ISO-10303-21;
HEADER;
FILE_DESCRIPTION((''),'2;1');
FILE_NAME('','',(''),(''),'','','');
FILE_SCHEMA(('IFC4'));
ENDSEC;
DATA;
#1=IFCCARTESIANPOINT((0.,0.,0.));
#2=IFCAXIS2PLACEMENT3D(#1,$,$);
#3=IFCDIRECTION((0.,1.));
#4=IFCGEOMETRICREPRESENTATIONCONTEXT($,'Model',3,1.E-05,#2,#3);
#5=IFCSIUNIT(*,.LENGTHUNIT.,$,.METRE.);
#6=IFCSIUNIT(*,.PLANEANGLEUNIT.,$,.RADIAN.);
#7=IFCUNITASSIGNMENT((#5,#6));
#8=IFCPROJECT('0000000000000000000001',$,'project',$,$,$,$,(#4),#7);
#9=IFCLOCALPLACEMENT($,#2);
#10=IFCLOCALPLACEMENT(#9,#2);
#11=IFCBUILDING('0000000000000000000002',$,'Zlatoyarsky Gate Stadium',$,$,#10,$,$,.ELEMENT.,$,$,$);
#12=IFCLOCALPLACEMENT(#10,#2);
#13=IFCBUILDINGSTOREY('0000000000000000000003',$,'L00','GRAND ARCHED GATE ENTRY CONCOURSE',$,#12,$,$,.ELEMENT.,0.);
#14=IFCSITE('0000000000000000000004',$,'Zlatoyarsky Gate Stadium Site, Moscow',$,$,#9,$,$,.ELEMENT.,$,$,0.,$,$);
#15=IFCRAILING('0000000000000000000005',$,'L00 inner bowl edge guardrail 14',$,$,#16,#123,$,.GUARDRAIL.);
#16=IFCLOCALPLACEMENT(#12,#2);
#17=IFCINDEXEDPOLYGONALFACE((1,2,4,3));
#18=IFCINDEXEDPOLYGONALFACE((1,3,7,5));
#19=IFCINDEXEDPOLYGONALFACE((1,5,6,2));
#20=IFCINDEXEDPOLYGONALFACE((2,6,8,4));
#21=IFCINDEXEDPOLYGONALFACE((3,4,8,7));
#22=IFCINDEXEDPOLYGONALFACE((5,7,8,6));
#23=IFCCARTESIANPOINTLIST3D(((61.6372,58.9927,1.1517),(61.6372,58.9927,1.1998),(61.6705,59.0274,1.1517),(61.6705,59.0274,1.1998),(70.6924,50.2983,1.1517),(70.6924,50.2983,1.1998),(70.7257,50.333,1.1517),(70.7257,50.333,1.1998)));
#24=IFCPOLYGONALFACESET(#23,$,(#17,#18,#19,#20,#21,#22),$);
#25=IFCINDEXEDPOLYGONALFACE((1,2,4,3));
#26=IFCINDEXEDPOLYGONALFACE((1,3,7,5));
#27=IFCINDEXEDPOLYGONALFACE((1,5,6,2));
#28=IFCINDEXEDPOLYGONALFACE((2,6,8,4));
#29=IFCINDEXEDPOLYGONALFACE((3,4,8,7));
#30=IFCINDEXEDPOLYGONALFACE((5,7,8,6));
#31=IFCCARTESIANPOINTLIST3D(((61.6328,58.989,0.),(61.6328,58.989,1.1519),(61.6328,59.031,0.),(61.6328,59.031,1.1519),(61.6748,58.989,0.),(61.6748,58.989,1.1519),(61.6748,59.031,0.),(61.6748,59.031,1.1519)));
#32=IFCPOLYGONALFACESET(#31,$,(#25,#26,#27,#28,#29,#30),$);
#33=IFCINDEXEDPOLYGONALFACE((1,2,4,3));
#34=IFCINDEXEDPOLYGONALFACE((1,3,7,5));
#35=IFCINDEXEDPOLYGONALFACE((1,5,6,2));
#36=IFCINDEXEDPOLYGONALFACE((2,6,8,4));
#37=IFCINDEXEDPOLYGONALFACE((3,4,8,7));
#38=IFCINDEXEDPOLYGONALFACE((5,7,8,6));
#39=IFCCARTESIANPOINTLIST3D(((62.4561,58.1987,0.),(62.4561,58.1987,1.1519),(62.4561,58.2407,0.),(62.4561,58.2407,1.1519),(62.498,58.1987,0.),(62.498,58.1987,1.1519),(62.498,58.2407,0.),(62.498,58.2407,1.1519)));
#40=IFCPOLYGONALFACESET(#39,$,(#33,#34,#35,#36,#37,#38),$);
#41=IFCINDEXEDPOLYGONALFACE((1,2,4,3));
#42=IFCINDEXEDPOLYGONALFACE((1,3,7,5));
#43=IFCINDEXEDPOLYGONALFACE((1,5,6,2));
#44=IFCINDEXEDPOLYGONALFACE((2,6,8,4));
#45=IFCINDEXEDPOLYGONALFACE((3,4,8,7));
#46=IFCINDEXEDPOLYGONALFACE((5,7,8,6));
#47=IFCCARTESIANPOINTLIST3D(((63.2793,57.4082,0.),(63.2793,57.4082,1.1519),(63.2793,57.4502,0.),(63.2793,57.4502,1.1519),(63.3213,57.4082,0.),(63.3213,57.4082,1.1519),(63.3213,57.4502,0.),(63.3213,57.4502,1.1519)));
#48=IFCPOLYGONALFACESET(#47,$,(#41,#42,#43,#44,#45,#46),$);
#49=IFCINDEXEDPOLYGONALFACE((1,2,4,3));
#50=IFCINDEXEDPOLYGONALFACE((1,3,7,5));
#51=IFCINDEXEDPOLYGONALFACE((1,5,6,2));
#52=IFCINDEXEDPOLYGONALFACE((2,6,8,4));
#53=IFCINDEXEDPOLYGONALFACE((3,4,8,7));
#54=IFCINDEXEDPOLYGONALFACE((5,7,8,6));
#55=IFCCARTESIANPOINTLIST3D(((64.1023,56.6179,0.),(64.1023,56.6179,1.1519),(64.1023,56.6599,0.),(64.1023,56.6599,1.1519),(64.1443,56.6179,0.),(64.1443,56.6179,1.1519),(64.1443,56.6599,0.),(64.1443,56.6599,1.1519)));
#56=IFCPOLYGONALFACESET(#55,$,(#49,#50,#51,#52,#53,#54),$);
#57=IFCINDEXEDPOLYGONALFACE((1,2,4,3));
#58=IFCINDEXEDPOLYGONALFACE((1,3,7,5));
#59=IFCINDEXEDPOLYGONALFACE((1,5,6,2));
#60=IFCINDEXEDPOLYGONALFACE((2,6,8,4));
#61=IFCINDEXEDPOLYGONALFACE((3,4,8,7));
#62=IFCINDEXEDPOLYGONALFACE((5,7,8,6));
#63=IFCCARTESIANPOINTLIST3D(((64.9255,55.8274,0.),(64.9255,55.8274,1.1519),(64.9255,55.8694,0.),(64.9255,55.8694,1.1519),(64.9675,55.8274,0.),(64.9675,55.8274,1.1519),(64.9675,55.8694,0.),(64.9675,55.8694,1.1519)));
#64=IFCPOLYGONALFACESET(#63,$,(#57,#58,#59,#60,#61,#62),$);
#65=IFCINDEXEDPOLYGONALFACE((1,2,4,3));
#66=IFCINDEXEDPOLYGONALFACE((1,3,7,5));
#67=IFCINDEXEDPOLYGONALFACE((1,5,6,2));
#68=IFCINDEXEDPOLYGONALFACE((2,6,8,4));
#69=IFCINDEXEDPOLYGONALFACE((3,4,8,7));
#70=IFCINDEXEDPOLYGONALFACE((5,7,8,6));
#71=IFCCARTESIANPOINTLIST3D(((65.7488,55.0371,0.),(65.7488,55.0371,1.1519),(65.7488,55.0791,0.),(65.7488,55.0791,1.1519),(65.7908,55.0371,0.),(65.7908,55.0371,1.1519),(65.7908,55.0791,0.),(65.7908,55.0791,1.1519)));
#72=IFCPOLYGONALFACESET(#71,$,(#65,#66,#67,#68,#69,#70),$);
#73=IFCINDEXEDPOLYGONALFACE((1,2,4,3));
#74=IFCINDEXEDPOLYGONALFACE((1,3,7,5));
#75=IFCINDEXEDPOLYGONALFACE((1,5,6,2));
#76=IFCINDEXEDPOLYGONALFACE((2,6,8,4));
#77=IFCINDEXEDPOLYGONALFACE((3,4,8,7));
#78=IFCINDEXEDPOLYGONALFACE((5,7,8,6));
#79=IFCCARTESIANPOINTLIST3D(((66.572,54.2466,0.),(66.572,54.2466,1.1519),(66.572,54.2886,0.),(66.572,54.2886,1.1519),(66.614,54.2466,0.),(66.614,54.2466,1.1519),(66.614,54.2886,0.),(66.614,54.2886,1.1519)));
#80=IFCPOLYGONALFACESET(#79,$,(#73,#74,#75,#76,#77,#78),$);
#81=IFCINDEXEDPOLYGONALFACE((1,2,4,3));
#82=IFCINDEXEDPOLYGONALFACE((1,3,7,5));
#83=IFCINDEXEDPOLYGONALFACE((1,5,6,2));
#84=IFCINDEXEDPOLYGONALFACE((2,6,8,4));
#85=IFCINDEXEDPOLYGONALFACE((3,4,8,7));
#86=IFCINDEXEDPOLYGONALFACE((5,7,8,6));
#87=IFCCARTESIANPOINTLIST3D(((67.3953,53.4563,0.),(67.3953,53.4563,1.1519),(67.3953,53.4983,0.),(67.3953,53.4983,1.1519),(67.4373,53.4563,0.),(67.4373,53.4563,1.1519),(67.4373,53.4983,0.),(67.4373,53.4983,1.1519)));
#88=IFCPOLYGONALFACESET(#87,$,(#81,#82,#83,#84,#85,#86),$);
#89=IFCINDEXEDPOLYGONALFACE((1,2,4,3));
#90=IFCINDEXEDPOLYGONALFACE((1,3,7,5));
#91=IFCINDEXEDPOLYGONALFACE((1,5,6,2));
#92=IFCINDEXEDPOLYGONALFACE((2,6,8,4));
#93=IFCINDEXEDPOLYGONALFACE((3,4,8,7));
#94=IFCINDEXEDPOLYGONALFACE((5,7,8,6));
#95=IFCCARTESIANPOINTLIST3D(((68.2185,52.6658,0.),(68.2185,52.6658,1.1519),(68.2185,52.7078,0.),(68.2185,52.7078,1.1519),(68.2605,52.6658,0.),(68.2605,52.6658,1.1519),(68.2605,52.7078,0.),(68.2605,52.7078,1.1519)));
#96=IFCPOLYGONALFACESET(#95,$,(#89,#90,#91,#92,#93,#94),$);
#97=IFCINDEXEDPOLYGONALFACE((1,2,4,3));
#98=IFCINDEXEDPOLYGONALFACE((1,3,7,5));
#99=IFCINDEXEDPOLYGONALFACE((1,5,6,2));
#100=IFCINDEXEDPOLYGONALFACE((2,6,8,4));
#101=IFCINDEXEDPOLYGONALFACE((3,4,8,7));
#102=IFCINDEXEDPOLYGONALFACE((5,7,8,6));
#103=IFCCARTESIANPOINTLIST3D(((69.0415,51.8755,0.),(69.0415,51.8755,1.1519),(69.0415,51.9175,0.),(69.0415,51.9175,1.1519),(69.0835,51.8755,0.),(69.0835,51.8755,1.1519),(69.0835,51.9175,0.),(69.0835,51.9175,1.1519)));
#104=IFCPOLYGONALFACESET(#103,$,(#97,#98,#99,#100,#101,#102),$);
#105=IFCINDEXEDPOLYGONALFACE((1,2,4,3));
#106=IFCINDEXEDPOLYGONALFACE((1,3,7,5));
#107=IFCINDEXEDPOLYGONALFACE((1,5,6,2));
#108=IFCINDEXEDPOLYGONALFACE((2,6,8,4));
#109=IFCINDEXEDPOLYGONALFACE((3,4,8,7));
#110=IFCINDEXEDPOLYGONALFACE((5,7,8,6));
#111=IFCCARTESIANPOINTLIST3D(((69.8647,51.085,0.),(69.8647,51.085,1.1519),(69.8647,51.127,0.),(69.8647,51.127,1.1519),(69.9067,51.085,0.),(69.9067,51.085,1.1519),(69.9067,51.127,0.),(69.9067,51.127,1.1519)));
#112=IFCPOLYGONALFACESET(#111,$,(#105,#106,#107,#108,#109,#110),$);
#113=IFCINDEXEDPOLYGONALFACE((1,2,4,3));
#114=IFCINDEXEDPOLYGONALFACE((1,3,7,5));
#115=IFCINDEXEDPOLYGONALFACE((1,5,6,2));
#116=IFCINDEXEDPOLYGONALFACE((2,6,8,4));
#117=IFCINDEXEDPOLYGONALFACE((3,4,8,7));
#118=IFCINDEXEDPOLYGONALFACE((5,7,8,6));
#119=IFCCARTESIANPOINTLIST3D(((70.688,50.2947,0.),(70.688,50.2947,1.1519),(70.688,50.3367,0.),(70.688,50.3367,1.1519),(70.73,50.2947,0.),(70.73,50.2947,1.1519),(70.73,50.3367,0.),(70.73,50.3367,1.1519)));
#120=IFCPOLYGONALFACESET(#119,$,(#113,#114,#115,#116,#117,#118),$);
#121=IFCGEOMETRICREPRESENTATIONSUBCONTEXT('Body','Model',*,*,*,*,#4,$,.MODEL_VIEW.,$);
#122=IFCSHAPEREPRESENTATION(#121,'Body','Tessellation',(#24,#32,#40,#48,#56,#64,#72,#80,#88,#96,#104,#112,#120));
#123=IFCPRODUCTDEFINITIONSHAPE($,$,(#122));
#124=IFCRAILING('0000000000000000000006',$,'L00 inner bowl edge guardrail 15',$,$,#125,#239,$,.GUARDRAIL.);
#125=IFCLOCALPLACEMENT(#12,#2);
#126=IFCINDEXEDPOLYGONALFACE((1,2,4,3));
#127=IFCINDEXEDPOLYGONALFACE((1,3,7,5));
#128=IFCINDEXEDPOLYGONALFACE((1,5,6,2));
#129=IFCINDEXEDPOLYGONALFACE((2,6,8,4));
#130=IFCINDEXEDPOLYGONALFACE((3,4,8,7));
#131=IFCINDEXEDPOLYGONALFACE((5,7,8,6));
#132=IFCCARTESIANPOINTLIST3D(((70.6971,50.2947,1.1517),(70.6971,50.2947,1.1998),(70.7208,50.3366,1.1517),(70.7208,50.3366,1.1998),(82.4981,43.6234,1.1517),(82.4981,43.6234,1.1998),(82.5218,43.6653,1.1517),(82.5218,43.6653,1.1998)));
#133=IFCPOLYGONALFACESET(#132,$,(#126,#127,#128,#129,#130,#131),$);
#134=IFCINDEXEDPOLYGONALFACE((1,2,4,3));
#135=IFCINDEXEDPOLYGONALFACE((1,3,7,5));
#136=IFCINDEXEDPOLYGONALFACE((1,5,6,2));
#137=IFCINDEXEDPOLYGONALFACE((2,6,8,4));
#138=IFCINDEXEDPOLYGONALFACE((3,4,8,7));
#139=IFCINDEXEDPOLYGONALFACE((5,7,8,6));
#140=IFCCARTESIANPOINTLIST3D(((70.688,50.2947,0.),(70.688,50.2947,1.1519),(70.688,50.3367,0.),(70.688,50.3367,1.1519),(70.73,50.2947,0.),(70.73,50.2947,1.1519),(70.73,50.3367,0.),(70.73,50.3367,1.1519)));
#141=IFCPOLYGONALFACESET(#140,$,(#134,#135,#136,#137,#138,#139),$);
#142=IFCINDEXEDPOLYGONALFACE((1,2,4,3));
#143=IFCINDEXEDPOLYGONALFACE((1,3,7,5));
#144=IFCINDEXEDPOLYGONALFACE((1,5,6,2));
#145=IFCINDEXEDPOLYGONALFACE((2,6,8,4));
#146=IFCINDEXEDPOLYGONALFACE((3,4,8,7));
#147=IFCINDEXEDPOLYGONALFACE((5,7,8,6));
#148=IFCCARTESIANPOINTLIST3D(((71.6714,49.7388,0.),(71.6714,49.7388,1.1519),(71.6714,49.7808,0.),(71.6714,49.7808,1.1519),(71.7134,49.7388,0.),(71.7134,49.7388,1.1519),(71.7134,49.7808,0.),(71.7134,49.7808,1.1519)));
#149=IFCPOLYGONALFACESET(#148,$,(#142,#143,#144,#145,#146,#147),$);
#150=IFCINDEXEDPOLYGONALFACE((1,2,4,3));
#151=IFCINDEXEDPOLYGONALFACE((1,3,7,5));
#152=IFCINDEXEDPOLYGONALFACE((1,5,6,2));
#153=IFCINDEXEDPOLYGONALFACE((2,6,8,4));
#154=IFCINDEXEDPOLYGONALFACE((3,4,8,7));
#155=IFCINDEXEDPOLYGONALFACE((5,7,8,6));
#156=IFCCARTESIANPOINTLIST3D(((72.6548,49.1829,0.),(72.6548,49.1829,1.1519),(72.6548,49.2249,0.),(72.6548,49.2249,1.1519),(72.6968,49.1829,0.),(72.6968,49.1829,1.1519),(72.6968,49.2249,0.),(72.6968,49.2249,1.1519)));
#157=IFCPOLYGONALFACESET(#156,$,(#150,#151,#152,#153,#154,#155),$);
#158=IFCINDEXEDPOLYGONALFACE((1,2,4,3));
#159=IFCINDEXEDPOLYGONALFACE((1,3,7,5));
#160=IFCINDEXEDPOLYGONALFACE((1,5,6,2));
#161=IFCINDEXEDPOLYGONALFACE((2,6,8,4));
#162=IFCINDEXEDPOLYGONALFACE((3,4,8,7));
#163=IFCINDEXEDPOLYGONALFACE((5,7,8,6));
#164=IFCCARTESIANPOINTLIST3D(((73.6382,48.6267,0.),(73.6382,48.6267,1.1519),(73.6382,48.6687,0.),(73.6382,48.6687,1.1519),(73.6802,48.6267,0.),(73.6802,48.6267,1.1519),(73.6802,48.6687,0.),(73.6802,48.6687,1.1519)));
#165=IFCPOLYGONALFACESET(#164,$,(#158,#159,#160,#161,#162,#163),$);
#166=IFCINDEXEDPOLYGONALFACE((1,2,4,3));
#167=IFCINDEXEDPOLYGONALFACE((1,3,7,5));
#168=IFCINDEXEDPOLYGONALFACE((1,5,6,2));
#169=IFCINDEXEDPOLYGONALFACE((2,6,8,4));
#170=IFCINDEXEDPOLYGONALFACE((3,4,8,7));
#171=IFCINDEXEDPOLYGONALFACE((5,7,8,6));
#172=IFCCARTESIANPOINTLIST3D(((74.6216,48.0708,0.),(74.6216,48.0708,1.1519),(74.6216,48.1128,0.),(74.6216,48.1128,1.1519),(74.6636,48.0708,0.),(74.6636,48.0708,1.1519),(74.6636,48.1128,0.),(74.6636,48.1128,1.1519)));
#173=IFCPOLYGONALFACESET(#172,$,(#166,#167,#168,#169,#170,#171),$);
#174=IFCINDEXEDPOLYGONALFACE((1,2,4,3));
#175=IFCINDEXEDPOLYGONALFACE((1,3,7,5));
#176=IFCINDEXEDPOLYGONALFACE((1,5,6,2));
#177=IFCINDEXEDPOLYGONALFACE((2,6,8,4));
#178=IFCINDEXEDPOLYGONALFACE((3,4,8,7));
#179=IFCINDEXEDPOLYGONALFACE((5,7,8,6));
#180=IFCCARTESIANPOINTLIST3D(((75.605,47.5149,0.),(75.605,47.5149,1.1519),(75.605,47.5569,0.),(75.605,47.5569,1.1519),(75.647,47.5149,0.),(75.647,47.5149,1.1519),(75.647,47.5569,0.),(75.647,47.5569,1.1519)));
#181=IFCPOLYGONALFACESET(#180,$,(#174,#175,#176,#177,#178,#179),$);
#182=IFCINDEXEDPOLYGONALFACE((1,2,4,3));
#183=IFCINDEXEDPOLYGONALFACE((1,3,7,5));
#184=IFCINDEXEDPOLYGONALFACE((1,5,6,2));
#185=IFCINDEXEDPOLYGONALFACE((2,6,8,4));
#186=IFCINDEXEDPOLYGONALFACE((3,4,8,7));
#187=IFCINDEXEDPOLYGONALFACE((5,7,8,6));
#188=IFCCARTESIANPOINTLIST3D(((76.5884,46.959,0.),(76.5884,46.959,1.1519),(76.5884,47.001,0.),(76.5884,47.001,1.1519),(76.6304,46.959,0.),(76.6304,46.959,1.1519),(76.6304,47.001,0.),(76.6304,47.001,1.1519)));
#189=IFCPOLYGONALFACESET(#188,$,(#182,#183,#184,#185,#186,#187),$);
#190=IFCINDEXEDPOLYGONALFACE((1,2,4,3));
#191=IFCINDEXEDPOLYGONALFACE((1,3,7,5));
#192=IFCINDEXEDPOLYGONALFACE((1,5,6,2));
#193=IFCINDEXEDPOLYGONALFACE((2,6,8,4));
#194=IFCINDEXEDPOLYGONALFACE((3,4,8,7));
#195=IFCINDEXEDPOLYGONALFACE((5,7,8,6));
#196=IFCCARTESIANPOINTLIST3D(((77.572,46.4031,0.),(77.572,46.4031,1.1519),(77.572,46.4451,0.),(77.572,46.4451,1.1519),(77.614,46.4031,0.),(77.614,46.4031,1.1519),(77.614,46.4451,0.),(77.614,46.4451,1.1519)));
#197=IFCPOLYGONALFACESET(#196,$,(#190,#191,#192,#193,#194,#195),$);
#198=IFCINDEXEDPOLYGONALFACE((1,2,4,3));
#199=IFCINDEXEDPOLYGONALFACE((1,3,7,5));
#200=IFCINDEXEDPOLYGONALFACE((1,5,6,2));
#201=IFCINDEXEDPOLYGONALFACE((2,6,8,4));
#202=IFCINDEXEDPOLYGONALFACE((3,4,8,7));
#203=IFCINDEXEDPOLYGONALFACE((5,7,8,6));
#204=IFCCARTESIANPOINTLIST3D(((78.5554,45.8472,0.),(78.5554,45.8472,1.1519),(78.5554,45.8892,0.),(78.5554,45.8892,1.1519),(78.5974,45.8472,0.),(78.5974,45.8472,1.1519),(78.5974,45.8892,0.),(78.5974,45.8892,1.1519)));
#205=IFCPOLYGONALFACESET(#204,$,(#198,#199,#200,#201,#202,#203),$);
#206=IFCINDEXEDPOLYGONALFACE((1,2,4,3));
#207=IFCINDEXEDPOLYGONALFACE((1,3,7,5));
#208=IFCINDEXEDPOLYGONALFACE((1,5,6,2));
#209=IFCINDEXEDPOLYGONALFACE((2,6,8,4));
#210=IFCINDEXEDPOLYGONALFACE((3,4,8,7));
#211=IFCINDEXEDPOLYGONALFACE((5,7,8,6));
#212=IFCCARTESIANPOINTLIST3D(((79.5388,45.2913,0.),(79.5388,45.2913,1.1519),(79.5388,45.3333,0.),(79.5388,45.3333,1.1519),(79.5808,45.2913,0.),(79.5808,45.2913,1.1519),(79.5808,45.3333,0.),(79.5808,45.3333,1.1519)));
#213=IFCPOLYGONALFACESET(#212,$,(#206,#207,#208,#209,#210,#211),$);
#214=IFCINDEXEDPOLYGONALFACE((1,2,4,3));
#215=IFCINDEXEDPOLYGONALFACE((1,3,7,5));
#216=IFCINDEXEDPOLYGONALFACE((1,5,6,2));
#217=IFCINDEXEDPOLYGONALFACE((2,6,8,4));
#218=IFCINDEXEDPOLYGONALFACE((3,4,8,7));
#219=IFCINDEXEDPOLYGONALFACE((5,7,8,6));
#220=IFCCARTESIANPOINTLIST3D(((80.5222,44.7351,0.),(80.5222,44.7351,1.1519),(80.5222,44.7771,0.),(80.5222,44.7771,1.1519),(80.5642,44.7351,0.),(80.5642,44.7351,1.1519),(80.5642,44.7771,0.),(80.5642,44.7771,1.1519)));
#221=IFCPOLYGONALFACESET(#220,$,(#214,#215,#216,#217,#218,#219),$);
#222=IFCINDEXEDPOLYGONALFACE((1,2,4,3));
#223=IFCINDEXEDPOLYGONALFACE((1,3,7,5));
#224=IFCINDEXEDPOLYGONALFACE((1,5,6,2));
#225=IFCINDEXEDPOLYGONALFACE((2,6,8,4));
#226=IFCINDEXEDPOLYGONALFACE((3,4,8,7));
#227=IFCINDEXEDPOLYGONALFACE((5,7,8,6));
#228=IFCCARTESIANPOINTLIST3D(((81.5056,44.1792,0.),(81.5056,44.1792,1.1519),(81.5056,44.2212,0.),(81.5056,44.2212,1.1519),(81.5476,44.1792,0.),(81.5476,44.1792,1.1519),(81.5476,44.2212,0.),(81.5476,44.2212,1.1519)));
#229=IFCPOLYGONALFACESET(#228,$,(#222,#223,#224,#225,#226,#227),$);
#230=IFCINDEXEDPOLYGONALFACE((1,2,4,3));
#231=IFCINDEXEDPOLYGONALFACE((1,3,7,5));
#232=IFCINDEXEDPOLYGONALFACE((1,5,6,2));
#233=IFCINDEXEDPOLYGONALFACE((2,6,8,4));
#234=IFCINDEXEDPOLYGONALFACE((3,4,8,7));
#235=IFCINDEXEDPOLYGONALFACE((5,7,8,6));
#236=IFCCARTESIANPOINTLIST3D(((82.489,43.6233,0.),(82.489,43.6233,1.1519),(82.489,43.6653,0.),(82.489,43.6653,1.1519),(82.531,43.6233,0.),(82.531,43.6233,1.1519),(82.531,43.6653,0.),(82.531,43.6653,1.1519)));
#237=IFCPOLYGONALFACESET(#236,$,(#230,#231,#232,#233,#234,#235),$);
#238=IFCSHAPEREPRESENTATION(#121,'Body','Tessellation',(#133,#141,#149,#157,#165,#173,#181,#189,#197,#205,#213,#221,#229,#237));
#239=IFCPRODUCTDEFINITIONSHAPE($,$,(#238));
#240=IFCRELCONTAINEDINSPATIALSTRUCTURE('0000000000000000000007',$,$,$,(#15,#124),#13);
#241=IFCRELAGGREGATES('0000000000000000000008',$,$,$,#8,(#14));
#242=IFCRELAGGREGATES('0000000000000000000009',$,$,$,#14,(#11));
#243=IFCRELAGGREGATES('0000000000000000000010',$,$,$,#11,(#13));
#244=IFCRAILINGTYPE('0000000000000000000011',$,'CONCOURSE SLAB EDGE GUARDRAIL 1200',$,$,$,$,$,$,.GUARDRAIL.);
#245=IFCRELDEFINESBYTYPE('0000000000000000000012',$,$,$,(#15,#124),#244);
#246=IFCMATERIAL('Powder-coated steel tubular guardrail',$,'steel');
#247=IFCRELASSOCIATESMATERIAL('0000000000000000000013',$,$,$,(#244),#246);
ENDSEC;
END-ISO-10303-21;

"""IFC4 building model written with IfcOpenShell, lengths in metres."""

from ifc_helpers import new_model, si_unit, direction, frame, origin, origin_2d, place, context, subcontext, project, spatial, rectangle, extrude, material, type_object, element, save


model = new_model("IFC4")

# Units and contexts
model_context = context("Model", 3, precision=1e-05, world=origin(), true_north=direction((0.0, 1.0)))
body_context = subcontext(model_context, "Body", "Model", "MODEL_VIEW")
ifc_project = project(units=[si_unit("LENGTHUNIT", "METRE"), si_unit("PLANEANGLEUNIT", "RADIAN")], contexts=[model_context])

# Site, building, storey
site_placement = place(None, origin())
site = spatial("IfcSite", under=ifc_project, at=site_placement, Name="Zlatoyarsky Gate Stadium Site, Moscow", CompositionType="ELEMENT", RefElevation=0.0)
building_placement = place(site_placement, origin())
building = spatial("IfcBuilding", under=site, at=building_placement, Name="Zlatoyarsky Gate Stadium", CompositionType="ELEMENT")
storey_placement = place(building_placement, origin())
storey = spatial("IfcBuildingStorey", under=building, at=storey_placement, Name="L00", Description="GRAND ARCHED GATE ENTRY CONCOURSE", CompositionType="ELEMENT", Elevation=0.0)

# Railings
ifc_material_1 = material(Name="Powder-coated steel tubular guardrail", Category="steel")
railing_type = type_object("IfcRailingType", Name="CONCOURSE SLAB EDGE GUARDRAIL 1200", PredefinedType="GUARDRAIL", material=ifc_material_1)
railing_1_placement = place(storey_placement, frame((61.6538, 59.01, 0.0)))
element("IfcRailing", 1, at=railing_1_placement, inside=storey, type_object=railing_type, Name="L00 inner bowl edge guardrail 14", PredefinedType="GUARDRAIL", context=body_context, shape_type="SweptSolid", body=[
    extrude(rectangle(XDim=0.0481, YDim=0.0481, at=origin_2d()), frame((0.0, 0.0, 1.1758), z_axis=(0.721333, -0.692589, 0.0), x_axis=(0.692589, 0.721333, 0.0)), (0.0, 0.0, 1.0), 12.5535),
    extrude(rectangle(XDim=0.042, YDim=0.042, at=origin_2d()), origin(), (0.0, 0.0, 1.0), 1.1519),
    extrude(rectangle(XDim=0.042, YDim=0.042, at=origin_2d()), frame((0.8232, -0.7903, 0.0)), (0.0, 0.0, 1.0), 1.1519),
    extrude(rectangle(XDim=0.042, YDim=0.042, at=origin_2d()), frame((1.6465, -1.5808, 0.0)), (0.0, 0.0, 1.0), 1.1519),
    extrude(rectangle(XDim=0.042, YDim=0.042, at=origin_2d()), frame((2.4695, -2.3711, 0.0)), (0.0, 0.0, 1.0), 1.1519),
    extrude(rectangle(XDim=0.042, YDim=0.042, at=origin_2d()), frame((3.2927, -3.1616, 0.0)), (0.0, 0.0, 1.0), 1.1519),
    extrude(rectangle(XDim=0.042, YDim=0.042, at=origin_2d()), frame((4.116, -3.9519, 0.0)), (0.0, 0.0, 1.0), 1.1519),
    extrude(rectangle(XDim=0.042, YDim=0.042, at=origin_2d()), frame((4.9392, -4.7424, 0.0)), (0.0, 0.0, 1.0), 1.1519),
    extrude(rectangle(XDim=0.042, YDim=0.042, at=origin_2d()), frame((5.7625, -5.5327, 0.0)), (0.0, 0.0, 1.0), 1.1519),
    extrude(rectangle(XDim=0.042, YDim=0.042, at=origin_2d()), frame((6.5857, -6.3232, 0.0)), (0.0, 0.0, 1.0), 1.1519),
    extrude(rectangle(XDim=0.042, YDim=0.042, at=origin_2d()), frame((7.4087, -7.1135, 0.0)), (0.0, 0.0, 1.0), 1.1519),
    extrude(rectangle(XDim=0.042, YDim=0.042, at=origin_2d()), frame((8.2319, -7.9041, 0.0)), (0.0, 0.0, 1.0), 1.1519),
    extrude(rectangle(XDim=0.042, YDim=0.042, at=origin_2d()), frame((9.0552, -8.6943, 0.0)), (0.0, 0.0, 1.0), 1.1519),
])
railing_2_placement = place(storey_placement, frame((70.709, 50.3157, 0.0)))
element("IfcRailing", 2, at=railing_2_placement, inside=storey, type_object=railing_type, Name="L00 inner bowl edge guardrail 15", PredefinedType="GUARDRAIL", context=body_context, shape_type="SweptSolid", body=[
    extrude(rectangle(XDim=0.0481, YDim=0.0481, at=origin_2d()), frame((0.0, 0.0, 1.1758), z_axis=(0.870524, -0.492127, 0.0), x_axis=(0.492127, 0.870524, 0.0)), (0.0, 0.0, 1.0), 13.5562),
    extrude(rectangle(XDim=0.042, YDim=0.042, at=origin_2d()), origin(), (0.0, 0.0, 1.0), 1.1519),
    extrude(rectangle(XDim=0.042, YDim=0.042, at=origin_2d()), frame((0.9834, -0.5559, 0.0)), (0.0, 0.0, 1.0), 1.1519),
    extrude(rectangle(XDim=0.042, YDim=0.042, at=origin_2d()), frame((1.9668, -1.1118, 0.0)), (0.0, 0.0, 1.0), 1.1519),
    extrude(rectangle(XDim=0.042, YDim=0.042, at=origin_2d()), frame((2.9502, -1.668, 0.0)), (0.0, 0.0, 1.0), 1.1519),
    extrude(rectangle(XDim=0.042, YDim=0.042, at=origin_2d()), frame((3.9336, -2.2239, 0.0)), (0.0, 0.0, 1.0), 1.1519),
    extrude(rectangle(XDim=0.042, YDim=0.042, at=origin_2d()), frame((4.917, -2.7798, 0.0)), (0.0, 0.0, 1.0), 1.1519),
    extrude(rectangle(XDim=0.042, YDim=0.042, at=origin_2d()), frame((5.9004, -3.3357, 0.0)), (0.0, 0.0, 1.0), 1.1519),
    extrude(rectangle(XDim=0.042, YDim=0.042, at=origin_2d()), frame((6.884, -3.8916, 0.0)), (0.0, 0.0, 1.0), 1.1519),
    extrude(rectangle(XDim=0.042, YDim=0.042, at=origin_2d()), frame((7.8674, -4.4475, 0.0)), (0.0, 0.0, 1.0), 1.1519),
    extrude(rectangle(XDim=0.042, YDim=0.042, at=origin_2d()), frame((8.8508, -5.0034, 0.0)), (0.0, 0.0, 1.0), 1.1519),
    extrude(rectangle(XDim=0.042, YDim=0.042, at=origin_2d()), frame((9.8342, -5.5596, 0.0)), (0.0, 0.0, 1.0), 1.1519),
    extrude(rectangle(XDim=0.042, YDim=0.042, at=origin_2d()), frame((10.8176, -6.1155, 0.0)), (0.0, 0.0, 1.0), 1.1519),
    extrude(rectangle(XDim=0.042, YDim=0.042, at=origin_2d()), frame((11.801, -6.6714, 0.0)), (0.0, 0.0, 1.0), 1.1519),
])

save(model, "model.ifc")
